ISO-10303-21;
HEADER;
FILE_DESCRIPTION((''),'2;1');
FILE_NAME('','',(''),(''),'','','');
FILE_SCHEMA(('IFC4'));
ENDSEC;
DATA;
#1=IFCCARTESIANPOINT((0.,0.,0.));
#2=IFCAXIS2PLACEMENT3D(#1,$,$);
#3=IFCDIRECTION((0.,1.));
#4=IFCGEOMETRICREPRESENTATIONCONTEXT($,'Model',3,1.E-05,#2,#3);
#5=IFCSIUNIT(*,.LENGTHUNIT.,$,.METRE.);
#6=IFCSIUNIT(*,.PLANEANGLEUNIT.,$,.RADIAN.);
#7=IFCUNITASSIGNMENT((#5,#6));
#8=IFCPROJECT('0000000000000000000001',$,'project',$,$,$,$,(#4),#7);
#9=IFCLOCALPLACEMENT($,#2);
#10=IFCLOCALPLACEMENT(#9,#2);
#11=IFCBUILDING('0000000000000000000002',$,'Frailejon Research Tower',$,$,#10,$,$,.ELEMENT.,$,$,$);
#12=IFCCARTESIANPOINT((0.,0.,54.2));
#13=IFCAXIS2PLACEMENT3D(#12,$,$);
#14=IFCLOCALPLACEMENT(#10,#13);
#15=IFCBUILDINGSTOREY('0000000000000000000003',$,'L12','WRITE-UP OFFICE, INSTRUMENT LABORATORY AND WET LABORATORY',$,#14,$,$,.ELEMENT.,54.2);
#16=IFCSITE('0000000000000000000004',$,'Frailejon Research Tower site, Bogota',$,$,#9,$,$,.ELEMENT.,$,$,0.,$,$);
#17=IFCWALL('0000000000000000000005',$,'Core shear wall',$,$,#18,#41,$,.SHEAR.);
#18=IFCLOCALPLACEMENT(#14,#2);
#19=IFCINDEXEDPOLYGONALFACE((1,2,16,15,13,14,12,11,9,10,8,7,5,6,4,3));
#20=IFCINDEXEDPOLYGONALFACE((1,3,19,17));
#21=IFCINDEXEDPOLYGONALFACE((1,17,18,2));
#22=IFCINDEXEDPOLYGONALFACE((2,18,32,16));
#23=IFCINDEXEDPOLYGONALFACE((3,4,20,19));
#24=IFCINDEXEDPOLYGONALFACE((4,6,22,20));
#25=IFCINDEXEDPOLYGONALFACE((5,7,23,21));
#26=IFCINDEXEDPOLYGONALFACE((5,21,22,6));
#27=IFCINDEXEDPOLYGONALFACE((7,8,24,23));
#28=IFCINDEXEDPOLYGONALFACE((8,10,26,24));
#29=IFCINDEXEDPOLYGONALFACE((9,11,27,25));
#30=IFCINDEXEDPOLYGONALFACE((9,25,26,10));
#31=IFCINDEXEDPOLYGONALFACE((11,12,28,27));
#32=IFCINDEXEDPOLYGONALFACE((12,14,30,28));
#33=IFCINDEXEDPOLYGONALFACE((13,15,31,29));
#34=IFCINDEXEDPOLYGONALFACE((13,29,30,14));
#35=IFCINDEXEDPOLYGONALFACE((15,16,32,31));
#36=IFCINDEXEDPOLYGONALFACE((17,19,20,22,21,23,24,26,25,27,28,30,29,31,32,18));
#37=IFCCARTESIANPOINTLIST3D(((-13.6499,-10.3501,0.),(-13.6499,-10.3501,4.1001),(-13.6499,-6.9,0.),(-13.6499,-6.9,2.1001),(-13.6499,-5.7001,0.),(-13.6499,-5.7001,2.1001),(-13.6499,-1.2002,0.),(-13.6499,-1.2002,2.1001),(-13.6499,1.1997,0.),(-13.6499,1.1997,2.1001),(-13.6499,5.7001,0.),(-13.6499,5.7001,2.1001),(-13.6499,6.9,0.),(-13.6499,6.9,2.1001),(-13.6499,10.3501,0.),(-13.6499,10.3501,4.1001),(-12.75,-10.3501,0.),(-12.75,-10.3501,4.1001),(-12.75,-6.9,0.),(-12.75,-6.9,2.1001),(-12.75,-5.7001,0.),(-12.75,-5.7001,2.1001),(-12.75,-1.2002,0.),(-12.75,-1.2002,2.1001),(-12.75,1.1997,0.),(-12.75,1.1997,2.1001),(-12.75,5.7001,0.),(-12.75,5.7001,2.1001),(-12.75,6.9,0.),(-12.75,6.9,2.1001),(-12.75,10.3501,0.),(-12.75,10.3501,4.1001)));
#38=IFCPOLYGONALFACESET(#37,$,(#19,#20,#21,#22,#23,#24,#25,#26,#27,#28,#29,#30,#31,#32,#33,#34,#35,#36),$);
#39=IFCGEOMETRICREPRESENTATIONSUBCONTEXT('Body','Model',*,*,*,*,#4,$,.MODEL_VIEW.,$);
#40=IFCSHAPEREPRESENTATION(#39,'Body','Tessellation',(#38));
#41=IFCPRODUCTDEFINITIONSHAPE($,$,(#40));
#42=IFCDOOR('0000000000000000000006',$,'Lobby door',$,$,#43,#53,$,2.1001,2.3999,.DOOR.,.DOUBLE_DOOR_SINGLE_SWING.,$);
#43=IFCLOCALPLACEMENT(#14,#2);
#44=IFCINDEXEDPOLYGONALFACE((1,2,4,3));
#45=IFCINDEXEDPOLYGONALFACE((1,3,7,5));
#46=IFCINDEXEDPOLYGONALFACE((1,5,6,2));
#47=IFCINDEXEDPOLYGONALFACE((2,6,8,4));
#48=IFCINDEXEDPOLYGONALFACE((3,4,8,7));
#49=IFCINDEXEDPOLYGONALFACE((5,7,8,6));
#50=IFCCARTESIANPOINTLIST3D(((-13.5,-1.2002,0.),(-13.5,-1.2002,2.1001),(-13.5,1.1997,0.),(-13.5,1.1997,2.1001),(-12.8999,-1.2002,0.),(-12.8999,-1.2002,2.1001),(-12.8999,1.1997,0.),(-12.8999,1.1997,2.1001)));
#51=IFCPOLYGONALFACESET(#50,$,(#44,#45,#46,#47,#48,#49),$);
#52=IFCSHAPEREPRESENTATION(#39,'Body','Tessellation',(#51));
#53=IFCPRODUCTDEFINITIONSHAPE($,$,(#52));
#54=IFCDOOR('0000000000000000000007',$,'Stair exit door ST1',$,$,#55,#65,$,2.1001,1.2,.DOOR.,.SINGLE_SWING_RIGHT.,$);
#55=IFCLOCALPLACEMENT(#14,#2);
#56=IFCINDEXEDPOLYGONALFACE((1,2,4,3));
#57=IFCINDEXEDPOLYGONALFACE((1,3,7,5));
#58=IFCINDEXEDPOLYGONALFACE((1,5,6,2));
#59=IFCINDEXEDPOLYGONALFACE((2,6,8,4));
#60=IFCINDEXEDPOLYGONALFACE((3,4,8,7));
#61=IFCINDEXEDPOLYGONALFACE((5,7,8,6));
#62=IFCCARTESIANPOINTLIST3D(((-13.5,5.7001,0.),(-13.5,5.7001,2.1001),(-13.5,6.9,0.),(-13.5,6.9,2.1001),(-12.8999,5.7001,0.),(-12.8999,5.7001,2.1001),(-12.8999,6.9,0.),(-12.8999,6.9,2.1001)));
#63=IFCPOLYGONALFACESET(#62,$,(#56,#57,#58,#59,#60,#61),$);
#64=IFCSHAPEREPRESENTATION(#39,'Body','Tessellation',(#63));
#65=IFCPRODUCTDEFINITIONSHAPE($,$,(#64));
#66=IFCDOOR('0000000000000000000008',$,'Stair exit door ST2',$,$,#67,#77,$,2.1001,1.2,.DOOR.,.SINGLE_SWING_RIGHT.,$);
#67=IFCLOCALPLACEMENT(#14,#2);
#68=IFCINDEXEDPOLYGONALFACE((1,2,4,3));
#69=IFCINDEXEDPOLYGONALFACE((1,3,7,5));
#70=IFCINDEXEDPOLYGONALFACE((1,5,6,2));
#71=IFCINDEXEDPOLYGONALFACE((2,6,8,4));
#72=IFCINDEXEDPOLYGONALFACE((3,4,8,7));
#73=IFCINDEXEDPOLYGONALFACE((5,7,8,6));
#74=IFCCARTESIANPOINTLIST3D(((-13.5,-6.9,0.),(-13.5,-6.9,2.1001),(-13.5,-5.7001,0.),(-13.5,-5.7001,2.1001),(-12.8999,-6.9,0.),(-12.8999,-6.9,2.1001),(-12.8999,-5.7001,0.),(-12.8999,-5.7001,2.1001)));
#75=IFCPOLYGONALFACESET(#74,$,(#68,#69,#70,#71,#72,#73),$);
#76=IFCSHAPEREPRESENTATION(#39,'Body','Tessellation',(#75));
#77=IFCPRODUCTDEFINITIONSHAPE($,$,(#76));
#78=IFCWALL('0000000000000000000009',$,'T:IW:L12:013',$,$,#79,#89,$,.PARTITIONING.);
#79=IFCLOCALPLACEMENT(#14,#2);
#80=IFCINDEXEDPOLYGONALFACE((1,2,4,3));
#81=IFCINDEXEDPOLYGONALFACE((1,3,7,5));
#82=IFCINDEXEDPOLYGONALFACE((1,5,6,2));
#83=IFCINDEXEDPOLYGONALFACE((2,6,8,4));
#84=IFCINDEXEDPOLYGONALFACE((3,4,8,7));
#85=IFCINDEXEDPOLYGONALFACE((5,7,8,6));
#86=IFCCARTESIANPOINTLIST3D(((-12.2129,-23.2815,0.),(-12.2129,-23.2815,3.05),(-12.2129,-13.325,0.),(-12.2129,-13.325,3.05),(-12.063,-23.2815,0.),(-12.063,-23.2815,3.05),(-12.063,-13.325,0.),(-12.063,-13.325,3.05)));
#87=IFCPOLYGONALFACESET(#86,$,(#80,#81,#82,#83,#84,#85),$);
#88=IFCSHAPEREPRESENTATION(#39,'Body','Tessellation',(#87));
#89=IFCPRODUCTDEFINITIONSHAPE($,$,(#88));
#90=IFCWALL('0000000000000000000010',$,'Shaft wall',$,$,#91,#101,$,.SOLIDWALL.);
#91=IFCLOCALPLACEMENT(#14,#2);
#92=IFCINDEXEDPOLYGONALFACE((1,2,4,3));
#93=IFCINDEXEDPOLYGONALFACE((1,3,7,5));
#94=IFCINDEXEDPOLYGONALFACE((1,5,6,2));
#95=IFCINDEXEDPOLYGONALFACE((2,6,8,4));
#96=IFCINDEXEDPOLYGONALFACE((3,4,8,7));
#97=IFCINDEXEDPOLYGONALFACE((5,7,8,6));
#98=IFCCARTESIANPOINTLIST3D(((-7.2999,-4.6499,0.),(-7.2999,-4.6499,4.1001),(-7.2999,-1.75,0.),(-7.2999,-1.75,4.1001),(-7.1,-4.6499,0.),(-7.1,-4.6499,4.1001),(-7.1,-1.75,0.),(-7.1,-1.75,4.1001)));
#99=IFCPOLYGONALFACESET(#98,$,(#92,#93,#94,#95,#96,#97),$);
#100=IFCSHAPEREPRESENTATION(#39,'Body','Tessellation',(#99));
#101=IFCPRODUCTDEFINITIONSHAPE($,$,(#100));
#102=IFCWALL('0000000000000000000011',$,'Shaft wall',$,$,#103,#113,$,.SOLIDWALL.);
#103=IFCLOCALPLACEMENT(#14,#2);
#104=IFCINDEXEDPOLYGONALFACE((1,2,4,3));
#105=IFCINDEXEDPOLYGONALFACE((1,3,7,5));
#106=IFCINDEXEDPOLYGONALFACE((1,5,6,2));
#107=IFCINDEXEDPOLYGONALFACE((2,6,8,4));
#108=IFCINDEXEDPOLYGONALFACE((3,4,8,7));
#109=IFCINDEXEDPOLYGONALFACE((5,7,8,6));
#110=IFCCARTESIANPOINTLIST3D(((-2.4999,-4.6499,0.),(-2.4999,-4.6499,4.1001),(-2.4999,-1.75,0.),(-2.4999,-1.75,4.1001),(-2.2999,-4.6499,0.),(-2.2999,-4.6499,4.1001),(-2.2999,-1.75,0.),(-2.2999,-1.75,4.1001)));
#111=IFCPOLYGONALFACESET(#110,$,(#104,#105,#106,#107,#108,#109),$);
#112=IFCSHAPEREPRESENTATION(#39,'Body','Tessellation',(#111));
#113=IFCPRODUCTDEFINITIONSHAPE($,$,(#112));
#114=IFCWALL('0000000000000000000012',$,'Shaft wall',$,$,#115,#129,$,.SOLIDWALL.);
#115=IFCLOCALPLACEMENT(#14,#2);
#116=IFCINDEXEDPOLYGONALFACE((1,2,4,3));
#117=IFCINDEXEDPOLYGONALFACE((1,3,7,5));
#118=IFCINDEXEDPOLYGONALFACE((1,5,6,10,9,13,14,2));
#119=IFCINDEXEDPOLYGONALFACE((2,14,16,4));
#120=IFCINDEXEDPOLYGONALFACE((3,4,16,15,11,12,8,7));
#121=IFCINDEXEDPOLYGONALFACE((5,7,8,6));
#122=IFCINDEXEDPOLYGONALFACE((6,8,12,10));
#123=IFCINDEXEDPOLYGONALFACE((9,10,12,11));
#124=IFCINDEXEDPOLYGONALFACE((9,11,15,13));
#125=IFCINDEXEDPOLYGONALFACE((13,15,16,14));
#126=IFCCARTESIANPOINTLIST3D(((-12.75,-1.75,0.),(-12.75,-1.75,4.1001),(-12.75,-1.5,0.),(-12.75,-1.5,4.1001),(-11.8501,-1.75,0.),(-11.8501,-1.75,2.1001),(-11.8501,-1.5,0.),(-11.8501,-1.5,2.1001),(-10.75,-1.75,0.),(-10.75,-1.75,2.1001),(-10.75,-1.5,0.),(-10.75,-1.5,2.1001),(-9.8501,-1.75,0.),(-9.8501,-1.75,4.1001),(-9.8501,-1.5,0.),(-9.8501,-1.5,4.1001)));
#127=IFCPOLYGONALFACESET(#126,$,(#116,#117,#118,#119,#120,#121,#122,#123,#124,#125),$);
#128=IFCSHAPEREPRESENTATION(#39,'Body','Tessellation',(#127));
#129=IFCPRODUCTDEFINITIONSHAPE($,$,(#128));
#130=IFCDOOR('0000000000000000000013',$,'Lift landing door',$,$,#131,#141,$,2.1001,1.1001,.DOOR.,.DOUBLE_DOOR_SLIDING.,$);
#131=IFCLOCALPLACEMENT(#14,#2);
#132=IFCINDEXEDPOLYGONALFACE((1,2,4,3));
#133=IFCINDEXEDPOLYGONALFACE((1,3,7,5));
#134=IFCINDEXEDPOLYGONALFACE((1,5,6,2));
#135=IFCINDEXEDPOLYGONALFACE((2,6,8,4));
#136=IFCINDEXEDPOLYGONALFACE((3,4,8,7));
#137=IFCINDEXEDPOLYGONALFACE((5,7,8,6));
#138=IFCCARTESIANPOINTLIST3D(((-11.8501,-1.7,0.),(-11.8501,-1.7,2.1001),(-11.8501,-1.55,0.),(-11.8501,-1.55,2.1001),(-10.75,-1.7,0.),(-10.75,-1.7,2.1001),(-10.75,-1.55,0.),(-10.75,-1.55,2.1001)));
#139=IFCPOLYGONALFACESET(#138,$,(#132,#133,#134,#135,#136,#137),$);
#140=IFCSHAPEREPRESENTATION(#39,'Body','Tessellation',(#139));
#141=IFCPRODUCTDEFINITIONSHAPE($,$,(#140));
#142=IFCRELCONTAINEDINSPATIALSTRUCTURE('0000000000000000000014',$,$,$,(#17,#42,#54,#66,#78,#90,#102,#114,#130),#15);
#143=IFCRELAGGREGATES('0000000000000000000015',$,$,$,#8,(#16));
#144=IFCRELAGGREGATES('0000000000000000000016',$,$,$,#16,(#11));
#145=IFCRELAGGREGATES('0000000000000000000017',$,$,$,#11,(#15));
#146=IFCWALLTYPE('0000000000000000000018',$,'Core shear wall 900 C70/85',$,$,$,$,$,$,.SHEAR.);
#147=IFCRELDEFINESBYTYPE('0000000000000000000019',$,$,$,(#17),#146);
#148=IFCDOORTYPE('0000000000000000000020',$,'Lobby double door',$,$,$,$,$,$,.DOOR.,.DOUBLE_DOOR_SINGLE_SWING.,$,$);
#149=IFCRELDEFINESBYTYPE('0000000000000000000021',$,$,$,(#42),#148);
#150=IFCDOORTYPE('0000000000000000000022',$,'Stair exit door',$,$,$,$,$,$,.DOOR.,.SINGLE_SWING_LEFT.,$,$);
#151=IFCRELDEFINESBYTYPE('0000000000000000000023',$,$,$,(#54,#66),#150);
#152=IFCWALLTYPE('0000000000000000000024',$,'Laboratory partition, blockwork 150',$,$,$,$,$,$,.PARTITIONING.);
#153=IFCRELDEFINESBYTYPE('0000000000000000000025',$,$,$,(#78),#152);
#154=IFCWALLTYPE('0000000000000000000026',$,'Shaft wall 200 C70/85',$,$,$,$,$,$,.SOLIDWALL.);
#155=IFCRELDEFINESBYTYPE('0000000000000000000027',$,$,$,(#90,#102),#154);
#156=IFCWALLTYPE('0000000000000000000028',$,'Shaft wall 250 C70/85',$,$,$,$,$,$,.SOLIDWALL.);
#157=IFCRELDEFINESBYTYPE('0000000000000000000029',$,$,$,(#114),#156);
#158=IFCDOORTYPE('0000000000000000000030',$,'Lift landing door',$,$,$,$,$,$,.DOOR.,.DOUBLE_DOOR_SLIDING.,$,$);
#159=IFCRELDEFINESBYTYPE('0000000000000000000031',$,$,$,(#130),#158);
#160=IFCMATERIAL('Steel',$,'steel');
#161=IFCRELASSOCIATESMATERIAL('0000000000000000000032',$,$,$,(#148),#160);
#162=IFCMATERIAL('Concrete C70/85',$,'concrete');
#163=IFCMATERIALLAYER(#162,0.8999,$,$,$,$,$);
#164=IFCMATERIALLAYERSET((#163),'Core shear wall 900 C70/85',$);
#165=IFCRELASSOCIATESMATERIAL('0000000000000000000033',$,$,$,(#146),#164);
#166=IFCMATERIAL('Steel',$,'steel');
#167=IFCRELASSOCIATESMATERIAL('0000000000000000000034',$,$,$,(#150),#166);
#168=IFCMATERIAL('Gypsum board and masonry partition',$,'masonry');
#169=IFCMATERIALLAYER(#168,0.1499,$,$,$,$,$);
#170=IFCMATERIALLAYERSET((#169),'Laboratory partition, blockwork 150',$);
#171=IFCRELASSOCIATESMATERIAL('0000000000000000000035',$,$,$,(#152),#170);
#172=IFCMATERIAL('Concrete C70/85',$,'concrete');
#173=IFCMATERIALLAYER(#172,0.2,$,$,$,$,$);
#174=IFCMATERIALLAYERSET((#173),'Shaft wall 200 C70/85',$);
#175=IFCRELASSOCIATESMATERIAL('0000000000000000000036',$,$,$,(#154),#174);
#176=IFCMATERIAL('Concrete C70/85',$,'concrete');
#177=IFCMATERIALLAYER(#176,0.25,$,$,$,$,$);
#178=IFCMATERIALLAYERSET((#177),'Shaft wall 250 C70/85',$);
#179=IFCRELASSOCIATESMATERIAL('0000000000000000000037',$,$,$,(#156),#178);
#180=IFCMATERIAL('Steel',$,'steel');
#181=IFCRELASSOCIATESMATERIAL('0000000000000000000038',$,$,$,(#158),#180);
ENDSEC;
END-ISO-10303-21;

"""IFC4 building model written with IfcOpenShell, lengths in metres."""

from ifc_helpers import new_model, si_unit, direction, frame, frame_2d, origin, place, context, subcontext, project, spatial, rectangle, extrude, material, layer, layer_set, type_object, element, fill, save


model = new_model("IFC4")

# Units and contexts
model_context = context("Model", 3, precision=1e-05, world=origin(), true_north=direction((0.0, 1.0)))
body_context = subcontext(model_context, "Body", "Model", "MODEL_VIEW")
ifc_project = project(units=[si_unit("LENGTHUNIT", "METRE"), si_unit("PLANEANGLEUNIT", "RADIAN")], contexts=[model_context])

# Site, building, storey
site_placement = place(None, origin())
site = spatial("IfcSite", under=ifc_project, at=site_placement, Name="Frailejon Research Tower site, Bogota", CompositionType="ELEMENT", RefElevation=0.0)
building_placement = place(site_placement, origin())
building = spatial("IfcBuilding", under=site, at=building_placement, Name="Frailejon Research Tower", CompositionType="ELEMENT")
storey_placement = place(building_placement, frame((0.0, 0.0, 54.2)))
storey = spatial("IfcBuildingStorey", under=building, at=storey_placement, Name="L12", Description="WRITE-UP OFFICE, INSTRUMENT LABORATORY AND WET LABORATORY", CompositionType="ELEMENT", Elevation=54.2)

# Shared definitions
ifc_material_1 = material(Name="Steel", Category="steel")
door_type_1 = type_object("IfcDoorType", Name="Lobby double door", OperationType="DOUBLE_DOOR_SINGLE_SWING", PredefinedType="DOOR", material=ifc_material_1)

# Wall, openings, doors
ifc_material_2 = material(Name="Concrete C70/85", Category="concrete")
ifc_layer_1 = layer(ifc_material_2, 0.8999)
ifc_layer_set_1 = layer_set([ifc_layer_1], Name="Core shear wall 900 C70/85")
wall_type_1 = type_object("IfcWallType", Name="Core shear wall 900 C70/85", PredefinedType="SHEAR", material=ifc_layer_set_1)
wall_1_placement = place(storey_placement, frame((-13.2, -10.3501, 0.0), z_axis=(0.0, 0.0, 1.0), x_axis=(0.0, 1.0, 0.0)))
wall_1 = element("IfcWall", 1, at=wall_1_placement, inside=storey, type_object=wall_type_1, Name="Core shear wall", PredefinedType="SHEAR", context=body_context, shape_type="SweptSolid", body=[
    extrude(rectangle(XDim=20.7002, YDim=0.8999, at=frame_2d((10.3501, 0.0))), origin(), (0.0, 0.0, 1.0), 4.1001),
])
opening_1_placement = place(wall_1_placement, frame((9.1499, 0.0, 0.0)))
opening_1 = element("IfcOpeningElement", 2, at=opening_1_placement, cuts=wall_1, PredefinedType="OPENING", context=body_context, shape_type="SweptSolid", body=[
    extrude(rectangle(XDim=2.3999, YDim=2.1001, at=frame_2d((1.2, 1.05))), frame((0.0, 0.46, 0.0), z_axis=(0.0, -1.0, 0.0), x_axis=(1.0, 0.0, 0.0)), (0.0, 0.0, 1.0), 0.9199),
])
opening_2_placement = place(wall_1_placement, frame((16.05, 0.0, 0.0)))
opening_2 = element("IfcOpeningElement", 3, at=opening_2_placement, cuts=wall_1, PredefinedType="OPENING", context=body_context, shape_type="SweptSolid", body=[
    extrude(rectangle(XDim=1.2, YDim=2.1001, at=frame_2d((0.6001, 1.05))), frame((0.0, 0.46, 0.0), z_axis=(0.0, -1.0, 0.0), x_axis=(1.0, 0.0, 0.0)), (0.0, 0.0, 1.0), 0.9199),
])
opening_3_placement = place(wall_1_placement, frame((3.45, 0.0, 0.0)))
opening_3 = element("IfcOpeningElement", 4, at=opening_3_placement, cuts=wall_1, PredefinedType="OPENING", context=body_context, shape_type="SweptSolid", body=[
    extrude(rectangle(XDim=1.2, YDim=2.1001, at=frame_2d((0.6001, 1.05))), frame((0.0, 0.46, 0.0), z_axis=(0.0, -1.0, 0.0), x_axis=(1.0, 0.0, 0.0)), (0.0, 0.0, 1.0), 0.9199),
])
door_1_placement = place(opening_1_placement, origin())
door_1 = element("IfcDoor", 5, at=door_1_placement, inside=storey, type_object=door_type_1, Name="Lobby door", OperationType="DOUBLE_DOOR_SINGLE_SWING", OverallHeight=2.1001, OverallWidth=2.3999, PredefinedType="DOOR", context=body_context, shape_type="SweptSolid", body=[
    extrude(rectangle(XDim=2.3999, YDim=2.1001, at=frame_2d((1.2, 1.05))), frame((0.0, 0.3, 0.0), z_axis=(0.0, -1.0, 0.0), x_axis=(1.0, 0.0, 0.0)), (0.0, 0.0, 1.0), 0.6001),
])
fill(opening_1, door_1)
ifc_material_3 = material(Name="Steel", Category="steel")
door_type_2 = type_object("IfcDoorType", Name="Stair exit door", OperationType="SINGLE_SWING_LEFT", PredefinedType="DOOR", material=ifc_material_3)
door_2_placement = place(opening_2_placement, origin())
door_2 = element("IfcDoor", 6, at=door_2_placement, inside=storey, type_object=door_type_2, Name="Stair exit door ST1", OperationType="SINGLE_SWING_RIGHT", OverallHeight=2.1001, OverallWidth=1.2, PredefinedType="DOOR", context=body_context, shape_type="SweptSolid", body=[
    extrude(rectangle(XDim=1.2, YDim=2.1001, at=frame_2d((0.6001, 1.05))), frame((0.0, 0.3, 0.0), z_axis=(0.0, -1.0, 0.0), x_axis=(1.0, 0.0, 0.0)), (0.0, 0.0, 1.0), 0.6001),
])
fill(opening_2, door_2)
door_3_placement = place(opening_3_placement, origin())
door_3 = element("IfcDoor", 7, at=door_3_placement, inside=storey, type_object=door_type_2, Name="Stair exit door ST2", OperationType="SINGLE_SWING_RIGHT", OverallHeight=2.1001, OverallWidth=1.2, PredefinedType="DOOR", context=body_context, shape_type="SweptSolid", body=[
    extrude(rectangle(XDim=1.2, YDim=2.1001, at=frame_2d((0.6001, 1.05))), frame((0.0, 0.3, 0.0), z_axis=(0.0, -1.0, 0.0), x_axis=(1.0, 0.0, 0.0)), (0.0, 0.0, 1.0), 0.6001),
])
fill(opening_3, door_3)

# Walls
ifc_material_4 = material(Name="Gypsum board and masonry partition", Category="masonry")
ifc_layer_2 = layer(ifc_material_4, 0.1499)
ifc_layer_set_2 = layer_set([ifc_layer_2], Name="Laboratory partition, blockwork 150")
wall_type_2 = type_object("IfcWallType", Name="Laboratory partition, blockwork 150", PredefinedType="PARTITIONING", material=ifc_layer_set_2)
wall_2_placement = place(storey_placement, frame((-12.1379, -23.2815, 0.0), z_axis=(0.0, 0.0, 1.0), x_axis=(0.0, 1.0, 0.0)))
element("IfcWall", 8, at=wall_2_placement, inside=storey, type_object=wall_type_2, Name="T:IW:L12:013", PredefinedType="PARTITIONING", context=body_context, shape_type="SweptSolid", body=[
    extrude(rectangle(XDim=9.9565, YDim=0.1499, at=frame_2d((4.9783, 0.0))), origin(), (0.0, 0.0, 1.0), 3.05),
])
ifc_material_5 = material(Name="Concrete C70/85", Category="concrete")
ifc_layer_3 = layer(ifc_material_5, 0.2)
ifc_layer_set_3 = layer_set([ifc_layer_3], Name="Shaft wall 200 C70/85")
wall_type_3 = type_object("IfcWallType", Name="Shaft wall 200 C70/85", PredefinedType="SOLIDWALL", material=ifc_layer_set_3)
for number, where, z_axis, x_axis, name in (
    (9, (-7.2, -4.6499, 0.0), (0.0, 0.0, 1.0), (0.0, 1.0, 0.0), "Shaft wall"),
    (10, (-2.3999, -4.6499, 0.0), (0.0, 0.0, 1.0), (0.0, 1.0, 0.0), "Shaft wall"),
):
    element("IfcWall", number, at=place(storey_placement, frame(where, z_axis=z_axis, x_axis=x_axis)), inside=storey, type_object=wall_type_3, Name=name, PredefinedType="SOLIDWALL", context=body_context, shape_type="SweptSolid", body=[
        extrude(rectangle(XDim=2.8999, YDim=0.2, at=frame_2d((1.45, 0.0))), origin(), (0.0, 0.0, 1.0), 4.1001),
    ])

# Wall, opening, door
ifc_material_6 = material(Name="Concrete C70/85", Category="concrete")
ifc_layer_4 = layer(ifc_material_6, 0.25)
ifc_layer_set_4 = layer_set([ifc_layer_4], Name="Shaft wall 250 C70/85")
wall_type_4 = type_object("IfcWallType", Name="Shaft wall 250 C70/85", PredefinedType="SOLIDWALL", material=ifc_layer_set_4)
wall_3_placement = place(storey_placement, frame((-12.75, -1.625, 0.0), z_axis=(0.0, 0.0, 1.0), x_axis=(1.0, 0.0, 0.0)))
wall_3 = element("IfcWall", 11, at=wall_3_placement, inside=storey, type_object=wall_type_4, Name="Shaft wall", PredefinedType="SOLIDWALL", context=body_context, shape_type="SweptSolid", body=[
    extrude(rectangle(XDim=2.8999, YDim=0.25, at=frame_2d((1.45, 0.0))), origin(), (0.0, 0.0, 1.0), 4.1001),
])
opening_4_placement = place(wall_3_placement, frame((0.8999, 0.0, 0.0)))
opening_4 = element("IfcOpeningElement", 12, at=opening_4_placement, cuts=wall_3, PredefinedType="OPENING", context=body_context, shape_type="SweptSolid", body=[
    extrude(rectangle(XDim=1.1001, YDim=2.1001, at=frame_2d((0.55, 1.05))), frame((0.0, 0.135, 0.0), z_axis=(0.0, -1.0, 0.0), x_axis=(1.0, 0.0, 0.0)), (0.0, 0.0, 1.0), 0.27),
])
ifc_material_7 = material(Name="Steel", Category="steel")
door_type_3 = type_object("IfcDoorType", Name="Lift landing door", OperationType="DOUBLE_DOOR_SLIDING", PredefinedType="DOOR", material=ifc_material_7)
door_4_placement = place(opening_4_placement, origin())
door_4 = element("IfcDoor", 13, at=door_4_placement, inside=storey, type_object=door_type_3, Name="Lift landing door", OperationType="DOUBLE_DOOR_SLIDING", OverallHeight=2.1001, OverallWidth=1.1001, PredefinedType="DOOR", context=body_context, shape_type="SweptSolid", body=[
    extrude(rectangle(XDim=1.1001, YDim=2.1001, at=frame_2d((0.55, 1.05))), frame((0.0, 0.075, 0.0), z_axis=(0.0, -1.0, 0.0), x_axis=(1.0, 0.0, 0.0)), (0.0, 0.0, 1.0), 0.1499),
])
fill(opening_4, door_4)

save(model, "model.ifc")
